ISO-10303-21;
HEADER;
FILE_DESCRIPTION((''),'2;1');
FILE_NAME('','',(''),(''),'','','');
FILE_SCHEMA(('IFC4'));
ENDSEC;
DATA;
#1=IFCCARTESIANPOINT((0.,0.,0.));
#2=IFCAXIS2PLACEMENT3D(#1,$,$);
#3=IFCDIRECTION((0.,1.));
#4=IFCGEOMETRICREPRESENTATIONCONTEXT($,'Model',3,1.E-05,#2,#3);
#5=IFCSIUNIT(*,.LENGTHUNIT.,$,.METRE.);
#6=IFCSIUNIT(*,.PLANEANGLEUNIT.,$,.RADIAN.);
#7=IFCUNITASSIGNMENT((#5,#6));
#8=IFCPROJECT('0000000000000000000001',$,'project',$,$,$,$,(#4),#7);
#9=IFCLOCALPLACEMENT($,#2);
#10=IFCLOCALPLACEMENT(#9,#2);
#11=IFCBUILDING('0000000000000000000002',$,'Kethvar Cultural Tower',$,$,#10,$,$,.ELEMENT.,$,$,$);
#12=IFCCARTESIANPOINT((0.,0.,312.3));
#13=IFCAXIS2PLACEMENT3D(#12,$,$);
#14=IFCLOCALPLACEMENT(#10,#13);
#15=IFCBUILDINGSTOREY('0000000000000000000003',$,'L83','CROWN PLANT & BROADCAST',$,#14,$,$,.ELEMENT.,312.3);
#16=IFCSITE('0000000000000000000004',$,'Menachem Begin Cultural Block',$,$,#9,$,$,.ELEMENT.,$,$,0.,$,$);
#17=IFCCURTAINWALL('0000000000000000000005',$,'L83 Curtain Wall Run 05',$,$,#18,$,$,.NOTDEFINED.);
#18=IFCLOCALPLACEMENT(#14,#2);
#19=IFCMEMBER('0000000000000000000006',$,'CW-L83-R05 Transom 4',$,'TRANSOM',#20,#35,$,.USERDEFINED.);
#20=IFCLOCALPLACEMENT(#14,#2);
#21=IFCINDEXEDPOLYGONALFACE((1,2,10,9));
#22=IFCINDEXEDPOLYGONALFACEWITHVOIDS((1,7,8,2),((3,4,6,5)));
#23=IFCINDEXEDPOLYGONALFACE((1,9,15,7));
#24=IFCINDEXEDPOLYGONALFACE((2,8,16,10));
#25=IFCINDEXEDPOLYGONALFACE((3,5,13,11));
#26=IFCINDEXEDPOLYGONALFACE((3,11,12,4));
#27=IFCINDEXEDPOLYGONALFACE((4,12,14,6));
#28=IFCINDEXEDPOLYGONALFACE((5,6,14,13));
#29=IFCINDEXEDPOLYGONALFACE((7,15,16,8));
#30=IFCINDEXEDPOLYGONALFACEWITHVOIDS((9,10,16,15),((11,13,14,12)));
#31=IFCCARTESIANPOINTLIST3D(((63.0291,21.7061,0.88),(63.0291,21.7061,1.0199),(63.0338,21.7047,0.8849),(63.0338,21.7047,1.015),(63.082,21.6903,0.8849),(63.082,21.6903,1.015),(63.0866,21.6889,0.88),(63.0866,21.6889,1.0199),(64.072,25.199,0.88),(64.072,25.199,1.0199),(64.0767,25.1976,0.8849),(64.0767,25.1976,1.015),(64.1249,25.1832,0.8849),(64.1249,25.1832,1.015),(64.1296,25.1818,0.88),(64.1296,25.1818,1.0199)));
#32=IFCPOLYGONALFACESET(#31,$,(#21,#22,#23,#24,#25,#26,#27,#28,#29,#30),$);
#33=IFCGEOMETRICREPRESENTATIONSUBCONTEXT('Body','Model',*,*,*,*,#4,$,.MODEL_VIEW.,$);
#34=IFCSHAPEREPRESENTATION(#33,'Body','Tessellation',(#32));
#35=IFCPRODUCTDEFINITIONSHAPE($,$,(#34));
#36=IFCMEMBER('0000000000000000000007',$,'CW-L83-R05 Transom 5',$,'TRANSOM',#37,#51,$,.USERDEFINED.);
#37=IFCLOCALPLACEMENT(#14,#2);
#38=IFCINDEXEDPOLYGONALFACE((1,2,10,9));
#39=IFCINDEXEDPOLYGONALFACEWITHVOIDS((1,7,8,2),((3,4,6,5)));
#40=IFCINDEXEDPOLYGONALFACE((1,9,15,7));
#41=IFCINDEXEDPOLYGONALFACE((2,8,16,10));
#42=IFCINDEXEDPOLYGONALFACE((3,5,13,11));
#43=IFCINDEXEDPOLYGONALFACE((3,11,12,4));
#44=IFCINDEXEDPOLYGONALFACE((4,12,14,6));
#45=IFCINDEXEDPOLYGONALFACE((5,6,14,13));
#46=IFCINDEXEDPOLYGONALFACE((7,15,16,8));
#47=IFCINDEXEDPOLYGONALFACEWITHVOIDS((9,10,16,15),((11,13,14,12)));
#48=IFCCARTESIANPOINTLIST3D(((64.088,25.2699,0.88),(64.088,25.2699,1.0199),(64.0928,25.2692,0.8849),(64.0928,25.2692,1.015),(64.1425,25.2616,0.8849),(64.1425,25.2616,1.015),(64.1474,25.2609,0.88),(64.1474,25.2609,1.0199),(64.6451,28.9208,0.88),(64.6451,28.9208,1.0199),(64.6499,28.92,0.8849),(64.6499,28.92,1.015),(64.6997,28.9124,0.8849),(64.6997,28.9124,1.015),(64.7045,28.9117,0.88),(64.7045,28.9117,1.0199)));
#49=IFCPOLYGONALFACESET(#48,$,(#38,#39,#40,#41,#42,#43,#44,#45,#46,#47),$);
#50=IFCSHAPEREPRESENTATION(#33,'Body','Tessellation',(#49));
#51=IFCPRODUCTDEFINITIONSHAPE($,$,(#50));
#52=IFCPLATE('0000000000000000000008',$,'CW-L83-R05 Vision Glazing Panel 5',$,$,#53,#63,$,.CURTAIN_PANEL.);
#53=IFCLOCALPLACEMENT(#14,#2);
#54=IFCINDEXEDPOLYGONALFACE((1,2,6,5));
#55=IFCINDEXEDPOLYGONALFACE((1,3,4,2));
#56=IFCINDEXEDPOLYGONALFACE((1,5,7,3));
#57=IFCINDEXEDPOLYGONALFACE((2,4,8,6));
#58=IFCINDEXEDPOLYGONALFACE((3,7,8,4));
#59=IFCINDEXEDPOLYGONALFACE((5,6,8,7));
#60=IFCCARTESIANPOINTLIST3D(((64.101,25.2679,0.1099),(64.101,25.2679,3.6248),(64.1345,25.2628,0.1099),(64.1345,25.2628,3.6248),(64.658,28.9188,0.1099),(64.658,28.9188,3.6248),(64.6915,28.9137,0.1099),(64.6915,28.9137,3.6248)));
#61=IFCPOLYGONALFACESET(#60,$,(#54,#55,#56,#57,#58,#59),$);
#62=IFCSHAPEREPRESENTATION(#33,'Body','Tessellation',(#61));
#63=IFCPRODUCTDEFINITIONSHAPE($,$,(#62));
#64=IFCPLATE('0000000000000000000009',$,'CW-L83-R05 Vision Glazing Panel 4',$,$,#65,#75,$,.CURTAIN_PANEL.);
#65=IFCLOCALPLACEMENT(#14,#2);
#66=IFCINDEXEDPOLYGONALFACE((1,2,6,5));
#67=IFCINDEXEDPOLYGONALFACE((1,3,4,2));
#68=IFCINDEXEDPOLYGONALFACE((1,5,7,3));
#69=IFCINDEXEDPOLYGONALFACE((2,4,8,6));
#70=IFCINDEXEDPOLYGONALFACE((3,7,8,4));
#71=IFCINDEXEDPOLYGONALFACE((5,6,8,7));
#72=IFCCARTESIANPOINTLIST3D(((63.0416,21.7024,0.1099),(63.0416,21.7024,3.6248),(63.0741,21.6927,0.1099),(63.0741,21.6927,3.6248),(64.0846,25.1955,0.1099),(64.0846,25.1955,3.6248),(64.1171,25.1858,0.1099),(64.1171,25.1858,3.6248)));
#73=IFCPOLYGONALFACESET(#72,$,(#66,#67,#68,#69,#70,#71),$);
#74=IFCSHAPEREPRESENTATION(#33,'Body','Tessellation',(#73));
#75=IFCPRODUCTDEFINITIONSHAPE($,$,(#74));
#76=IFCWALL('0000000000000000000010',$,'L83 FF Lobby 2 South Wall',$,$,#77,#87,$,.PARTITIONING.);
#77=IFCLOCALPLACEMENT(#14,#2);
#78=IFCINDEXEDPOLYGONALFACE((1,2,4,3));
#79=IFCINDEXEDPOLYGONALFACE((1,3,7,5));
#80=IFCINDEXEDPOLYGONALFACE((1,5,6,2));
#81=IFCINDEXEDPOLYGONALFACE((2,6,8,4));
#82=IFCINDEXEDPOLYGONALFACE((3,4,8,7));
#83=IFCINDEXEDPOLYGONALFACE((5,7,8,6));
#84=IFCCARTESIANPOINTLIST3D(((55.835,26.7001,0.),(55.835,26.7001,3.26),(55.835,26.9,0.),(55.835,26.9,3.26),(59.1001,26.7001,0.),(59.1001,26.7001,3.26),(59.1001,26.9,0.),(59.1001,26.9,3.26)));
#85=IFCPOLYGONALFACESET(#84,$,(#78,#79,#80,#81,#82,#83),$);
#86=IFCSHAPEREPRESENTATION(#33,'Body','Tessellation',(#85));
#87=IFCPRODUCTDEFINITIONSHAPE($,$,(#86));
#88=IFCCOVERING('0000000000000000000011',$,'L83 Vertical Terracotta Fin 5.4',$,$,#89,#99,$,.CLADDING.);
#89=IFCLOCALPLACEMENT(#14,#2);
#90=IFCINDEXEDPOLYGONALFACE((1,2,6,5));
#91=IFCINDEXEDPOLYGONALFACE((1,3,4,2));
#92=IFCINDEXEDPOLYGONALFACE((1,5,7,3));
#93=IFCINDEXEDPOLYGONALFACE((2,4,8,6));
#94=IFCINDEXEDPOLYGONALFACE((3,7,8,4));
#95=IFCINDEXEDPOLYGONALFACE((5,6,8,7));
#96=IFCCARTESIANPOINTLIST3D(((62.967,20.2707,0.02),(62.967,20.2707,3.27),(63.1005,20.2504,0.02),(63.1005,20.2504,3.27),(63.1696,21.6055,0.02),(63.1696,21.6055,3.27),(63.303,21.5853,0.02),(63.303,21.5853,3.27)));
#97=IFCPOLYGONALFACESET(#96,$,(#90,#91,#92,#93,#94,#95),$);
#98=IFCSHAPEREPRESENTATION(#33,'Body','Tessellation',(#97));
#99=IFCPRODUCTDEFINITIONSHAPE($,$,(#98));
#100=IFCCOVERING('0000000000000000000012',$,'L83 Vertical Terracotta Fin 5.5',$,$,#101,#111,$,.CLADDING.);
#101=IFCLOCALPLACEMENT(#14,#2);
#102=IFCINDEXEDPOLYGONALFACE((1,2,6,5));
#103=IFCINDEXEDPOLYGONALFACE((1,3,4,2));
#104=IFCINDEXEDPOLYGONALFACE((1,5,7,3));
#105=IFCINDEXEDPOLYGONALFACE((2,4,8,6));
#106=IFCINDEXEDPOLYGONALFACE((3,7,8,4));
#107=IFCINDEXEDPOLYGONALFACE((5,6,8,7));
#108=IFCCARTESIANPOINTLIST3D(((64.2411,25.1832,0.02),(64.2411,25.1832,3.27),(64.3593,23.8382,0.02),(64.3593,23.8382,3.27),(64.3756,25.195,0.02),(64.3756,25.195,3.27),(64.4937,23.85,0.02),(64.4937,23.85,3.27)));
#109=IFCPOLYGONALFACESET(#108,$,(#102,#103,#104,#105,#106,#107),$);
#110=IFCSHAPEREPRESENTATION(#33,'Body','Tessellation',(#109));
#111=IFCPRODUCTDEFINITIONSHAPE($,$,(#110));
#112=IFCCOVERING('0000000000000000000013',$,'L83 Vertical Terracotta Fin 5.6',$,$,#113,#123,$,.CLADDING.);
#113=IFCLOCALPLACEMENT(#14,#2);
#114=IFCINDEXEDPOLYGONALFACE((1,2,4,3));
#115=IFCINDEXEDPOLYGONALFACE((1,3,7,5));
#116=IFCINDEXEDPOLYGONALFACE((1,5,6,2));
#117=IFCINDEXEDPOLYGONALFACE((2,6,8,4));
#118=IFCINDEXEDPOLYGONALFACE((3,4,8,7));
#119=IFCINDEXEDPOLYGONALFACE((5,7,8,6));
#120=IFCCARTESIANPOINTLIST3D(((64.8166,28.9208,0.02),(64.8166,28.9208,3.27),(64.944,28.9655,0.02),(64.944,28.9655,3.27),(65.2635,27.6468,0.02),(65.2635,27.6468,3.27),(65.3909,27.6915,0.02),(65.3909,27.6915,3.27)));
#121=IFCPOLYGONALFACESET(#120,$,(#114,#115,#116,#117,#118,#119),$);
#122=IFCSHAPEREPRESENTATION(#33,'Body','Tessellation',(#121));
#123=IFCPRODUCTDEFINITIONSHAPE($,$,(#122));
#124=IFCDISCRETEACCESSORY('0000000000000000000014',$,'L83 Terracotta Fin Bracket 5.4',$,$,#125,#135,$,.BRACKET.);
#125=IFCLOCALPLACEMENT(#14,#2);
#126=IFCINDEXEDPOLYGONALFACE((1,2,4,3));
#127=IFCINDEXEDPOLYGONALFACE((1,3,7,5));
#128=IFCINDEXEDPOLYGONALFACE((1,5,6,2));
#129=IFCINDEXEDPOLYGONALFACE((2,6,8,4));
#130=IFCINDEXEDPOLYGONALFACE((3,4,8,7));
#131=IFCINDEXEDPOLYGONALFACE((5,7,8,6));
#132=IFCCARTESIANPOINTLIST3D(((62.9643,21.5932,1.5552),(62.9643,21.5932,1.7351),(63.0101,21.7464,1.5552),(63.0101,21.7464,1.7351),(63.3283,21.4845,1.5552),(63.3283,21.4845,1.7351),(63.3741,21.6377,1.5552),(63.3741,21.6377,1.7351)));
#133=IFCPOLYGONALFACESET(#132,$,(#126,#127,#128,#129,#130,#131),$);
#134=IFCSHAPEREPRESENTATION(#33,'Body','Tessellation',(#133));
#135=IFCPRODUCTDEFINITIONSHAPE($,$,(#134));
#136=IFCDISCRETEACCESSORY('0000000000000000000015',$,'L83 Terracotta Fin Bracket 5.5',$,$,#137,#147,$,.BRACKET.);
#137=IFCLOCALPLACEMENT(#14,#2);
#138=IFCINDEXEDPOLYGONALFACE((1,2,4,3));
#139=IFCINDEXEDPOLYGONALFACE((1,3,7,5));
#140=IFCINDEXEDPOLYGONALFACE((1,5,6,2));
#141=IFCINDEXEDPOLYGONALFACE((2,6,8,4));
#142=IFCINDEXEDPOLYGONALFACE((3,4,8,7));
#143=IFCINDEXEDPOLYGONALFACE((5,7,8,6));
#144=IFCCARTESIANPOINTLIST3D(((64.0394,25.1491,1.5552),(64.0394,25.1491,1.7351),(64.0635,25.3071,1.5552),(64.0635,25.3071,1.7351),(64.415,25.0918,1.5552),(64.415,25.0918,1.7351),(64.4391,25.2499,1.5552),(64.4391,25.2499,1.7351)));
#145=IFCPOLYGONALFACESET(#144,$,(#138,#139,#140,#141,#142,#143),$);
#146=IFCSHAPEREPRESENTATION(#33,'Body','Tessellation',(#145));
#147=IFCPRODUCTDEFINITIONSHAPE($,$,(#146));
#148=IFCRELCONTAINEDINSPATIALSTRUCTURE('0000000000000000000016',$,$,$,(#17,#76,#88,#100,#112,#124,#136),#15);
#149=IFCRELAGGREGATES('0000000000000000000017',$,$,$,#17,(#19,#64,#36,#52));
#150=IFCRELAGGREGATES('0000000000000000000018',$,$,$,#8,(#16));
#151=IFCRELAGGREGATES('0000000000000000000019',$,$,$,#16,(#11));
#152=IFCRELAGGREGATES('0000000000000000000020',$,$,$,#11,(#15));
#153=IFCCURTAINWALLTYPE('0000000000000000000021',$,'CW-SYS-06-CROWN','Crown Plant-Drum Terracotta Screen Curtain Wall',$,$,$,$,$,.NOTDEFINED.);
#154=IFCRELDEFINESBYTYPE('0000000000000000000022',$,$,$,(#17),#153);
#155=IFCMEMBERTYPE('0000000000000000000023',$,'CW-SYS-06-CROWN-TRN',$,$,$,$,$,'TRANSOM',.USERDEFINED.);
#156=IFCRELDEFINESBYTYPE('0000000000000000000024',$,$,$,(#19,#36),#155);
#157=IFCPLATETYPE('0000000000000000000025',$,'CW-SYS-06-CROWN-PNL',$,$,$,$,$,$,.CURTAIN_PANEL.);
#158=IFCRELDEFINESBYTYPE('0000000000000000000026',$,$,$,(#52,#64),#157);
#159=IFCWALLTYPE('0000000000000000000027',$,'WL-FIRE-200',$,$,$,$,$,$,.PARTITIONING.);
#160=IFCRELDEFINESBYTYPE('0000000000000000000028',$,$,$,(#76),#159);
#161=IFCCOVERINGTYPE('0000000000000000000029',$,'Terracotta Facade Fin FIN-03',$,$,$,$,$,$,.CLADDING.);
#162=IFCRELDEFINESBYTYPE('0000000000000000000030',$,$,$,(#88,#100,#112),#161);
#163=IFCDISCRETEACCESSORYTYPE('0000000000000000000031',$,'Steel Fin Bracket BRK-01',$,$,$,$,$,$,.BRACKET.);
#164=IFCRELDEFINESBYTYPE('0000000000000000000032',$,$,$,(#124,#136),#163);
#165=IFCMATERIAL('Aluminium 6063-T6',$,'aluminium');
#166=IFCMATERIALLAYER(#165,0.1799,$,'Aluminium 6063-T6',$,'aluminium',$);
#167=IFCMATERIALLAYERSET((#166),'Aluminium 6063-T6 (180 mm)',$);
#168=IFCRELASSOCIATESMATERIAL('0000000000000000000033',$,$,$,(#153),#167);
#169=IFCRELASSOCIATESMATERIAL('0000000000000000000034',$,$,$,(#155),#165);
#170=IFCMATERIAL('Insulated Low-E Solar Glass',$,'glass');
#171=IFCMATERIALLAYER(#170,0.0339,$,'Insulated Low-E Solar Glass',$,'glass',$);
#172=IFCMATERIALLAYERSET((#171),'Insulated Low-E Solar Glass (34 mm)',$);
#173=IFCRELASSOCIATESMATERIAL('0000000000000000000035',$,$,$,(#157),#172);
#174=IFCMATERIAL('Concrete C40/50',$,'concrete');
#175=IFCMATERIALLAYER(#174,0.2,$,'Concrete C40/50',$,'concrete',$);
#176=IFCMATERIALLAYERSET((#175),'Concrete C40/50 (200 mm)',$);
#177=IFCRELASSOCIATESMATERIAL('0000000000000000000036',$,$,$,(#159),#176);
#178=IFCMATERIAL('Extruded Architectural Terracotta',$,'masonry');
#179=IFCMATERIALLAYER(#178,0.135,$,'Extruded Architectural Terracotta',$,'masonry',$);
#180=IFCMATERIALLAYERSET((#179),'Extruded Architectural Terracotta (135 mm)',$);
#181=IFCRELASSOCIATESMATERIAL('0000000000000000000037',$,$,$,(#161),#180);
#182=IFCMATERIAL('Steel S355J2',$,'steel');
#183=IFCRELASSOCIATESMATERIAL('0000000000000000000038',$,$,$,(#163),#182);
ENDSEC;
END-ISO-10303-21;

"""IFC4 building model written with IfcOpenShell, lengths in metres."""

from ifc_helpers import new_model, si_unit, direction, frame, frame_2d, origin, origin_2d, place, context, subcontext, project, spatial, rectangle, hollow_rectangle, extrude, source, transform, mapped, material, layer, layer_set, material_profile, profile_set, type_object, element, aggregate, save


model = new_model("IFC4")

# Units and contexts
model_context = context("Model", 3, precision=1e-05, world=origin(), true_north=direction((0.0, 1.0)))
body_context = subcontext(model_context, "Body", "Model", "MODEL_VIEW")
ifc_project = project(units=[si_unit("LENGTHUNIT", "METRE"), si_unit("PLANEANGLEUNIT", "RADIAN")], contexts=[model_context])

# Site, building, storey
site_placement = place(None, origin())
site = spatial("IfcSite", under=ifc_project, at=site_placement, Name="Menachem Begin Cultural Block", CompositionType="ELEMENT", RefElevation=0.0)
building_placement = place(site_placement, origin())
building = spatial("IfcBuilding", under=site, at=building_placement, Name="Kethvar Cultural Tower", CompositionType="ELEMENT")
storey_placement = place(building_placement, frame((0.0, 0.0, 312.3)))
storey = spatial("IfcBuildingStorey", under=building, at=storey_placement, Name="L83", Description="CROWN PLANT & BROADCAST", CompositionType="ELEMENT", Elevation=312.3)

# Shared definitions
ifc_material_1 = material(Name="Steel S355J2", Category="steel")

# Curtain wall, members, plates
ifc_material_2 = material(Name="Aluminium 6063-T6", Category="aluminium")
ifc_layer_1 = layer(ifc_material_2, 0.1799, Name="Aluminium 6063-T6", Category="aluminium")
ifc_layer_set_1 = layer_set([ifc_layer_1], Name="Aluminium 6063-T6 (180 mm)")
curtain_wall_type = type_object("IfcCurtainWallType", Name="CW-SYS-06-CROWN", Description="Crown Plant-Drum Terracotta Screen Curtain Wall", PredefinedType="NOTDEFINED", material=ifc_layer_set_1)
curtain_wall_placement = place(storey_placement, origin())
curtain_wall = element("IfcCurtainWall", 1, at=curtain_wall_placement, inside=storey, type_object=curtain_wall_type, Name="L83 Curtain Wall Run 05", PredefinedType="NOTDEFINED")
ifc_material_profile_1 = material_profile(ifc_material_2, hollow_rectangle(XDim=0.0601, YDim=0.1399, WallThickness=0.0049, at=origin_2d()), Name="Aluminium 6063-T6 — RHS140x60x5")
ifc_profile_set_1 = profile_set([ifc_material_profile_1], Name="Aluminium 6063-T6 — RHS140x60x5")
member_type_1 = type_object("IfcMemberType", Name="CW-SYS-06-CROWN-TRN", ElementType="TRANSOM", PredefinedType="USERDEFINED", material=ifc_profile_set_1)
shared_shape_1 = source(origin(), body_context, "Body", "SweptSolid", [
    extrude(hollow_rectangle(XDim=0.0601, YDim=0.1399, WallThickness=0.0049, at=origin_2d()), origin(), (0.0, 0.0, 1.0), 3.6453),
])
member_1_placement = place(storey_placement, frame((63.0579, 21.6975, 0.95), z_axis=(0.286113, 0.958196, 0.0), x_axis=(-0.958196, 0.286113, 0.0)))
member_1 = element("IfcMember", 2, at=member_1_placement, type_object=member_type_1, Name="CW-L83-R05 Transom 4", ObjectType="TRANSOM", PredefinedType="USERDEFINED", context=body_context, shape_type="MappedRepresentation", body=[
    mapped(shared_shape_1, transform((0.0, 0.0, 0.0), scale=1.0)),
])
shared_shape_2 = source(origin(), body_context, "Body", "SweptSolid", [
    extrude(hollow_rectangle(XDim=0.0601, YDim=0.1399, WallThickness=0.0049, at=origin_2d()), origin(), (0.0, 0.0, 1.0), 3.6931),
])
member_2_placement = place(storey_placement, frame((64.1177, 25.2654, 0.95), z_axis=(0.150855, 0.988556, 0.0), x_axis=(-0.988556, 0.150855, 0.0)))
member_2 = element("IfcMember", 3, at=member_2_placement, type_object=member_type_1, Name="CW-L83-R05 Transom 5", ObjectType="TRANSOM", PredefinedType="USERDEFINED", context=body_context, shape_type="MappedRepresentation", body=[
    mapped(shared_shape_2, transform((0.0, 0.0, 0.0), scale=1.0)),
])
ifc_material_3 = material(Name="Insulated Low-E Solar Glass", Category="glass")
ifc_layer_2 = layer(ifc_material_3, 0.0339, Name="Insulated Low-E Solar Glass", Category="glass")
ifc_layer_set_2 = layer_set([ifc_layer_2], Name="Insulated Low-E Solar Glass (34 mm)")
plate_type = type_object("IfcPlateType", Name="CW-SYS-06-CROWN-PNL", PredefinedType="CURTAIN_PANEL", material=ifc_layer_set_2)
shared_shape_3 = source(origin(), body_context, "Body", "SweptSolid", [
    extrude(rectangle(XDim=3.6931, YDim=0.0339, at=origin_2d()), origin(), (0.0, 0.0, 1.0), 3.5149),
])
plate_1_placement = place(storey_placement, frame((64.3962, 27.0908, 0.1099), z_axis=(0.0, 0.0, 1.0), x_axis=(0.150812, 0.988562, 0.0)))
plate_1 = element("IfcPlate", 4, at=plate_1_placement, type_object=plate_type, Name="CW-L83-R05 Vision Glazing Panel 5", PredefinedType="CURTAIN_PANEL", context=body_context, shape_type="MappedRepresentation", body=[
    mapped(shared_shape_3, transform((0.0, 0.0, 0.0), scale=1.0)),
])
shared_shape_4 = source(origin(), body_context, "Body", "SweptSolid", [
    extrude(rectangle(XDim=3.6455, YDim=0.0339, at=origin_2d()), origin(), (0.0, 0.0, 1.0), 3.5149),
])
plate_2_placement = place(storey_placement, frame((63.5793, 23.4441, 0.1099), z_axis=(0.0, 0.0, 1.0), x_axis=(0.286123, 0.958193, 0.0)))
plate_2 = element("IfcPlate", 5, at=plate_2_placement, type_object=plate_type, Name="CW-L83-R05 Vision Glazing Panel 4", PredefinedType="CURTAIN_PANEL", context=body_context, shape_type="MappedRepresentation", body=[
    mapped(shared_shape_4, transform((0.0, 0.0, 0.0), scale=1.0)),
])
aggregate(curtain_wall, [member_1, plate_2, member_2, plate_1])

# Shared definitions
ifc_material_4 = material(Name="Concrete C40/50", Category="concrete")
ifc_layer_3 = layer(ifc_material_4, 0.2, Name="Concrete C40/50", Category="concrete")
ifc_layer_set_3 = layer_set([ifc_layer_3], Name="Concrete C40/50 (200 mm)")
wall_type = type_object("IfcWallType", Name="WL-FIRE-200", PredefinedType="PARTITIONING", material=ifc_layer_set_3)

# Wall
wall_1_placement = place(storey_placement, frame((55.835, 26.8, 0.0), z_axis=(0.0, 0.0, 1.0), x_axis=(1.0, 0.0, 0.0)))
element("IfcWall", 6, at=wall_1_placement, inside=storey, type_object=wall_type, Name="L83 FF Lobby 2 South Wall", PredefinedType="PARTITIONING", context=body_context, shape_type="SweptSolid", body=[
    extrude(rectangle(XDim=3.2651, YDim=0.2, at=frame_2d((1.6326, 0.0))), origin(), (0.0, 0.0, 1.0), 3.26),
])

# Coverings
ifc_material_5 = material(Name="Extruded Architectural Terracotta", Category="masonry")
ifc_layer_4 = layer(ifc_material_5, 0.135, Name="Extruded Architectural Terracotta", Category="masonry")
ifc_layer_set_4 = layer_set([ifc_layer_4], Name="Extruded Architectural Terracotta (135 mm)")
covering_type = type_object("IfcCoveringType", Name="Terracotta Facade Fin FIN-03", PredefinedType="CLADDING", material=ifc_layer_set_4)
shared_shape_5 = source(origin(), body_context, "Body", "SweptSolid", [
    extrude(rectangle(XDim=1.3501, YDim=0.135, at=origin_2d()), origin(), (0.0, 0.0, 1.0), 3.25),
])
for number, where, z_axis, x_axis, name in (
    (7, (63.135, 20.928, 0.02), (0.0, 0.0, 1.0), (-0.150053, -0.988678, 0.0), "L83 Vertical Terracotta Fin 5.4"),
    (8, (64.3674, 24.5166, 0.02), (0.0, 0.0, 1.0), (0.087503, -0.996164, 0.0), "L83 Vertical Terracotta Fin 5.5"),
    (9, (65.1038, 28.3062, 0.02), (0.0, 0.0, 1.0), (0.331009, -0.943628, 0.0), "L83 Vertical Terracotta Fin 5.6"),
):
    element("IfcCovering", number, at=place(storey_placement, frame(where, z_axis=z_axis, x_axis=x_axis)), inside=storey, type_object=covering_type, Name=name, PredefinedType="CLADDING", context=body_context, shape_type="MappedRepresentation", body=[
        mapped(shared_shape_5, transform((0.0, 0.0, 0.0), scale=1.0)),
    ])

# Discrete accessories
discrete_accessory_type = type_object("IfcDiscreteAccessoryType", Name="Steel Fin Bracket BRK-01", PredefinedType="BRACKET", material=ifc_material_1)
shared_shape_6 = source(origin(), body_context, "Body", "SweptSolid", [
    extrude(rectangle(XDim=0.3799, YDim=0.1599, at=origin_2d()), origin(), (0.0, 0.0, 1.0), 0.1799),
])
for number, where, z_axis, x_axis, name in (
    (10, (63.1692, 21.6155, 1.5552), (0.0, 0.0, 1.0), (0.958173, -0.28619, 0.0), "L83 Terracotta Fin Bracket 5.4"),
    (11, (64.2393, 25.1995, 1.5552), (0.0, 0.0, 1.0), (0.988573, -0.150743, 0.0), "L83 Terracotta Fin Bracket 5.5"),
):
    element("IfcDiscreteAccessory", number, at=place(storey_placement, frame(where, z_axis=z_axis, x_axis=x_axis)), inside=storey, type_object=discrete_accessory_type, Name=name, PredefinedType="BRACKET", context=body_context, shape_type="MappedRepresentation", body=[
        mapped(shared_shape_6, transform((0.0, 0.0, 0.0), scale=1.0)),
    ])

save(model, "model.ifc")
